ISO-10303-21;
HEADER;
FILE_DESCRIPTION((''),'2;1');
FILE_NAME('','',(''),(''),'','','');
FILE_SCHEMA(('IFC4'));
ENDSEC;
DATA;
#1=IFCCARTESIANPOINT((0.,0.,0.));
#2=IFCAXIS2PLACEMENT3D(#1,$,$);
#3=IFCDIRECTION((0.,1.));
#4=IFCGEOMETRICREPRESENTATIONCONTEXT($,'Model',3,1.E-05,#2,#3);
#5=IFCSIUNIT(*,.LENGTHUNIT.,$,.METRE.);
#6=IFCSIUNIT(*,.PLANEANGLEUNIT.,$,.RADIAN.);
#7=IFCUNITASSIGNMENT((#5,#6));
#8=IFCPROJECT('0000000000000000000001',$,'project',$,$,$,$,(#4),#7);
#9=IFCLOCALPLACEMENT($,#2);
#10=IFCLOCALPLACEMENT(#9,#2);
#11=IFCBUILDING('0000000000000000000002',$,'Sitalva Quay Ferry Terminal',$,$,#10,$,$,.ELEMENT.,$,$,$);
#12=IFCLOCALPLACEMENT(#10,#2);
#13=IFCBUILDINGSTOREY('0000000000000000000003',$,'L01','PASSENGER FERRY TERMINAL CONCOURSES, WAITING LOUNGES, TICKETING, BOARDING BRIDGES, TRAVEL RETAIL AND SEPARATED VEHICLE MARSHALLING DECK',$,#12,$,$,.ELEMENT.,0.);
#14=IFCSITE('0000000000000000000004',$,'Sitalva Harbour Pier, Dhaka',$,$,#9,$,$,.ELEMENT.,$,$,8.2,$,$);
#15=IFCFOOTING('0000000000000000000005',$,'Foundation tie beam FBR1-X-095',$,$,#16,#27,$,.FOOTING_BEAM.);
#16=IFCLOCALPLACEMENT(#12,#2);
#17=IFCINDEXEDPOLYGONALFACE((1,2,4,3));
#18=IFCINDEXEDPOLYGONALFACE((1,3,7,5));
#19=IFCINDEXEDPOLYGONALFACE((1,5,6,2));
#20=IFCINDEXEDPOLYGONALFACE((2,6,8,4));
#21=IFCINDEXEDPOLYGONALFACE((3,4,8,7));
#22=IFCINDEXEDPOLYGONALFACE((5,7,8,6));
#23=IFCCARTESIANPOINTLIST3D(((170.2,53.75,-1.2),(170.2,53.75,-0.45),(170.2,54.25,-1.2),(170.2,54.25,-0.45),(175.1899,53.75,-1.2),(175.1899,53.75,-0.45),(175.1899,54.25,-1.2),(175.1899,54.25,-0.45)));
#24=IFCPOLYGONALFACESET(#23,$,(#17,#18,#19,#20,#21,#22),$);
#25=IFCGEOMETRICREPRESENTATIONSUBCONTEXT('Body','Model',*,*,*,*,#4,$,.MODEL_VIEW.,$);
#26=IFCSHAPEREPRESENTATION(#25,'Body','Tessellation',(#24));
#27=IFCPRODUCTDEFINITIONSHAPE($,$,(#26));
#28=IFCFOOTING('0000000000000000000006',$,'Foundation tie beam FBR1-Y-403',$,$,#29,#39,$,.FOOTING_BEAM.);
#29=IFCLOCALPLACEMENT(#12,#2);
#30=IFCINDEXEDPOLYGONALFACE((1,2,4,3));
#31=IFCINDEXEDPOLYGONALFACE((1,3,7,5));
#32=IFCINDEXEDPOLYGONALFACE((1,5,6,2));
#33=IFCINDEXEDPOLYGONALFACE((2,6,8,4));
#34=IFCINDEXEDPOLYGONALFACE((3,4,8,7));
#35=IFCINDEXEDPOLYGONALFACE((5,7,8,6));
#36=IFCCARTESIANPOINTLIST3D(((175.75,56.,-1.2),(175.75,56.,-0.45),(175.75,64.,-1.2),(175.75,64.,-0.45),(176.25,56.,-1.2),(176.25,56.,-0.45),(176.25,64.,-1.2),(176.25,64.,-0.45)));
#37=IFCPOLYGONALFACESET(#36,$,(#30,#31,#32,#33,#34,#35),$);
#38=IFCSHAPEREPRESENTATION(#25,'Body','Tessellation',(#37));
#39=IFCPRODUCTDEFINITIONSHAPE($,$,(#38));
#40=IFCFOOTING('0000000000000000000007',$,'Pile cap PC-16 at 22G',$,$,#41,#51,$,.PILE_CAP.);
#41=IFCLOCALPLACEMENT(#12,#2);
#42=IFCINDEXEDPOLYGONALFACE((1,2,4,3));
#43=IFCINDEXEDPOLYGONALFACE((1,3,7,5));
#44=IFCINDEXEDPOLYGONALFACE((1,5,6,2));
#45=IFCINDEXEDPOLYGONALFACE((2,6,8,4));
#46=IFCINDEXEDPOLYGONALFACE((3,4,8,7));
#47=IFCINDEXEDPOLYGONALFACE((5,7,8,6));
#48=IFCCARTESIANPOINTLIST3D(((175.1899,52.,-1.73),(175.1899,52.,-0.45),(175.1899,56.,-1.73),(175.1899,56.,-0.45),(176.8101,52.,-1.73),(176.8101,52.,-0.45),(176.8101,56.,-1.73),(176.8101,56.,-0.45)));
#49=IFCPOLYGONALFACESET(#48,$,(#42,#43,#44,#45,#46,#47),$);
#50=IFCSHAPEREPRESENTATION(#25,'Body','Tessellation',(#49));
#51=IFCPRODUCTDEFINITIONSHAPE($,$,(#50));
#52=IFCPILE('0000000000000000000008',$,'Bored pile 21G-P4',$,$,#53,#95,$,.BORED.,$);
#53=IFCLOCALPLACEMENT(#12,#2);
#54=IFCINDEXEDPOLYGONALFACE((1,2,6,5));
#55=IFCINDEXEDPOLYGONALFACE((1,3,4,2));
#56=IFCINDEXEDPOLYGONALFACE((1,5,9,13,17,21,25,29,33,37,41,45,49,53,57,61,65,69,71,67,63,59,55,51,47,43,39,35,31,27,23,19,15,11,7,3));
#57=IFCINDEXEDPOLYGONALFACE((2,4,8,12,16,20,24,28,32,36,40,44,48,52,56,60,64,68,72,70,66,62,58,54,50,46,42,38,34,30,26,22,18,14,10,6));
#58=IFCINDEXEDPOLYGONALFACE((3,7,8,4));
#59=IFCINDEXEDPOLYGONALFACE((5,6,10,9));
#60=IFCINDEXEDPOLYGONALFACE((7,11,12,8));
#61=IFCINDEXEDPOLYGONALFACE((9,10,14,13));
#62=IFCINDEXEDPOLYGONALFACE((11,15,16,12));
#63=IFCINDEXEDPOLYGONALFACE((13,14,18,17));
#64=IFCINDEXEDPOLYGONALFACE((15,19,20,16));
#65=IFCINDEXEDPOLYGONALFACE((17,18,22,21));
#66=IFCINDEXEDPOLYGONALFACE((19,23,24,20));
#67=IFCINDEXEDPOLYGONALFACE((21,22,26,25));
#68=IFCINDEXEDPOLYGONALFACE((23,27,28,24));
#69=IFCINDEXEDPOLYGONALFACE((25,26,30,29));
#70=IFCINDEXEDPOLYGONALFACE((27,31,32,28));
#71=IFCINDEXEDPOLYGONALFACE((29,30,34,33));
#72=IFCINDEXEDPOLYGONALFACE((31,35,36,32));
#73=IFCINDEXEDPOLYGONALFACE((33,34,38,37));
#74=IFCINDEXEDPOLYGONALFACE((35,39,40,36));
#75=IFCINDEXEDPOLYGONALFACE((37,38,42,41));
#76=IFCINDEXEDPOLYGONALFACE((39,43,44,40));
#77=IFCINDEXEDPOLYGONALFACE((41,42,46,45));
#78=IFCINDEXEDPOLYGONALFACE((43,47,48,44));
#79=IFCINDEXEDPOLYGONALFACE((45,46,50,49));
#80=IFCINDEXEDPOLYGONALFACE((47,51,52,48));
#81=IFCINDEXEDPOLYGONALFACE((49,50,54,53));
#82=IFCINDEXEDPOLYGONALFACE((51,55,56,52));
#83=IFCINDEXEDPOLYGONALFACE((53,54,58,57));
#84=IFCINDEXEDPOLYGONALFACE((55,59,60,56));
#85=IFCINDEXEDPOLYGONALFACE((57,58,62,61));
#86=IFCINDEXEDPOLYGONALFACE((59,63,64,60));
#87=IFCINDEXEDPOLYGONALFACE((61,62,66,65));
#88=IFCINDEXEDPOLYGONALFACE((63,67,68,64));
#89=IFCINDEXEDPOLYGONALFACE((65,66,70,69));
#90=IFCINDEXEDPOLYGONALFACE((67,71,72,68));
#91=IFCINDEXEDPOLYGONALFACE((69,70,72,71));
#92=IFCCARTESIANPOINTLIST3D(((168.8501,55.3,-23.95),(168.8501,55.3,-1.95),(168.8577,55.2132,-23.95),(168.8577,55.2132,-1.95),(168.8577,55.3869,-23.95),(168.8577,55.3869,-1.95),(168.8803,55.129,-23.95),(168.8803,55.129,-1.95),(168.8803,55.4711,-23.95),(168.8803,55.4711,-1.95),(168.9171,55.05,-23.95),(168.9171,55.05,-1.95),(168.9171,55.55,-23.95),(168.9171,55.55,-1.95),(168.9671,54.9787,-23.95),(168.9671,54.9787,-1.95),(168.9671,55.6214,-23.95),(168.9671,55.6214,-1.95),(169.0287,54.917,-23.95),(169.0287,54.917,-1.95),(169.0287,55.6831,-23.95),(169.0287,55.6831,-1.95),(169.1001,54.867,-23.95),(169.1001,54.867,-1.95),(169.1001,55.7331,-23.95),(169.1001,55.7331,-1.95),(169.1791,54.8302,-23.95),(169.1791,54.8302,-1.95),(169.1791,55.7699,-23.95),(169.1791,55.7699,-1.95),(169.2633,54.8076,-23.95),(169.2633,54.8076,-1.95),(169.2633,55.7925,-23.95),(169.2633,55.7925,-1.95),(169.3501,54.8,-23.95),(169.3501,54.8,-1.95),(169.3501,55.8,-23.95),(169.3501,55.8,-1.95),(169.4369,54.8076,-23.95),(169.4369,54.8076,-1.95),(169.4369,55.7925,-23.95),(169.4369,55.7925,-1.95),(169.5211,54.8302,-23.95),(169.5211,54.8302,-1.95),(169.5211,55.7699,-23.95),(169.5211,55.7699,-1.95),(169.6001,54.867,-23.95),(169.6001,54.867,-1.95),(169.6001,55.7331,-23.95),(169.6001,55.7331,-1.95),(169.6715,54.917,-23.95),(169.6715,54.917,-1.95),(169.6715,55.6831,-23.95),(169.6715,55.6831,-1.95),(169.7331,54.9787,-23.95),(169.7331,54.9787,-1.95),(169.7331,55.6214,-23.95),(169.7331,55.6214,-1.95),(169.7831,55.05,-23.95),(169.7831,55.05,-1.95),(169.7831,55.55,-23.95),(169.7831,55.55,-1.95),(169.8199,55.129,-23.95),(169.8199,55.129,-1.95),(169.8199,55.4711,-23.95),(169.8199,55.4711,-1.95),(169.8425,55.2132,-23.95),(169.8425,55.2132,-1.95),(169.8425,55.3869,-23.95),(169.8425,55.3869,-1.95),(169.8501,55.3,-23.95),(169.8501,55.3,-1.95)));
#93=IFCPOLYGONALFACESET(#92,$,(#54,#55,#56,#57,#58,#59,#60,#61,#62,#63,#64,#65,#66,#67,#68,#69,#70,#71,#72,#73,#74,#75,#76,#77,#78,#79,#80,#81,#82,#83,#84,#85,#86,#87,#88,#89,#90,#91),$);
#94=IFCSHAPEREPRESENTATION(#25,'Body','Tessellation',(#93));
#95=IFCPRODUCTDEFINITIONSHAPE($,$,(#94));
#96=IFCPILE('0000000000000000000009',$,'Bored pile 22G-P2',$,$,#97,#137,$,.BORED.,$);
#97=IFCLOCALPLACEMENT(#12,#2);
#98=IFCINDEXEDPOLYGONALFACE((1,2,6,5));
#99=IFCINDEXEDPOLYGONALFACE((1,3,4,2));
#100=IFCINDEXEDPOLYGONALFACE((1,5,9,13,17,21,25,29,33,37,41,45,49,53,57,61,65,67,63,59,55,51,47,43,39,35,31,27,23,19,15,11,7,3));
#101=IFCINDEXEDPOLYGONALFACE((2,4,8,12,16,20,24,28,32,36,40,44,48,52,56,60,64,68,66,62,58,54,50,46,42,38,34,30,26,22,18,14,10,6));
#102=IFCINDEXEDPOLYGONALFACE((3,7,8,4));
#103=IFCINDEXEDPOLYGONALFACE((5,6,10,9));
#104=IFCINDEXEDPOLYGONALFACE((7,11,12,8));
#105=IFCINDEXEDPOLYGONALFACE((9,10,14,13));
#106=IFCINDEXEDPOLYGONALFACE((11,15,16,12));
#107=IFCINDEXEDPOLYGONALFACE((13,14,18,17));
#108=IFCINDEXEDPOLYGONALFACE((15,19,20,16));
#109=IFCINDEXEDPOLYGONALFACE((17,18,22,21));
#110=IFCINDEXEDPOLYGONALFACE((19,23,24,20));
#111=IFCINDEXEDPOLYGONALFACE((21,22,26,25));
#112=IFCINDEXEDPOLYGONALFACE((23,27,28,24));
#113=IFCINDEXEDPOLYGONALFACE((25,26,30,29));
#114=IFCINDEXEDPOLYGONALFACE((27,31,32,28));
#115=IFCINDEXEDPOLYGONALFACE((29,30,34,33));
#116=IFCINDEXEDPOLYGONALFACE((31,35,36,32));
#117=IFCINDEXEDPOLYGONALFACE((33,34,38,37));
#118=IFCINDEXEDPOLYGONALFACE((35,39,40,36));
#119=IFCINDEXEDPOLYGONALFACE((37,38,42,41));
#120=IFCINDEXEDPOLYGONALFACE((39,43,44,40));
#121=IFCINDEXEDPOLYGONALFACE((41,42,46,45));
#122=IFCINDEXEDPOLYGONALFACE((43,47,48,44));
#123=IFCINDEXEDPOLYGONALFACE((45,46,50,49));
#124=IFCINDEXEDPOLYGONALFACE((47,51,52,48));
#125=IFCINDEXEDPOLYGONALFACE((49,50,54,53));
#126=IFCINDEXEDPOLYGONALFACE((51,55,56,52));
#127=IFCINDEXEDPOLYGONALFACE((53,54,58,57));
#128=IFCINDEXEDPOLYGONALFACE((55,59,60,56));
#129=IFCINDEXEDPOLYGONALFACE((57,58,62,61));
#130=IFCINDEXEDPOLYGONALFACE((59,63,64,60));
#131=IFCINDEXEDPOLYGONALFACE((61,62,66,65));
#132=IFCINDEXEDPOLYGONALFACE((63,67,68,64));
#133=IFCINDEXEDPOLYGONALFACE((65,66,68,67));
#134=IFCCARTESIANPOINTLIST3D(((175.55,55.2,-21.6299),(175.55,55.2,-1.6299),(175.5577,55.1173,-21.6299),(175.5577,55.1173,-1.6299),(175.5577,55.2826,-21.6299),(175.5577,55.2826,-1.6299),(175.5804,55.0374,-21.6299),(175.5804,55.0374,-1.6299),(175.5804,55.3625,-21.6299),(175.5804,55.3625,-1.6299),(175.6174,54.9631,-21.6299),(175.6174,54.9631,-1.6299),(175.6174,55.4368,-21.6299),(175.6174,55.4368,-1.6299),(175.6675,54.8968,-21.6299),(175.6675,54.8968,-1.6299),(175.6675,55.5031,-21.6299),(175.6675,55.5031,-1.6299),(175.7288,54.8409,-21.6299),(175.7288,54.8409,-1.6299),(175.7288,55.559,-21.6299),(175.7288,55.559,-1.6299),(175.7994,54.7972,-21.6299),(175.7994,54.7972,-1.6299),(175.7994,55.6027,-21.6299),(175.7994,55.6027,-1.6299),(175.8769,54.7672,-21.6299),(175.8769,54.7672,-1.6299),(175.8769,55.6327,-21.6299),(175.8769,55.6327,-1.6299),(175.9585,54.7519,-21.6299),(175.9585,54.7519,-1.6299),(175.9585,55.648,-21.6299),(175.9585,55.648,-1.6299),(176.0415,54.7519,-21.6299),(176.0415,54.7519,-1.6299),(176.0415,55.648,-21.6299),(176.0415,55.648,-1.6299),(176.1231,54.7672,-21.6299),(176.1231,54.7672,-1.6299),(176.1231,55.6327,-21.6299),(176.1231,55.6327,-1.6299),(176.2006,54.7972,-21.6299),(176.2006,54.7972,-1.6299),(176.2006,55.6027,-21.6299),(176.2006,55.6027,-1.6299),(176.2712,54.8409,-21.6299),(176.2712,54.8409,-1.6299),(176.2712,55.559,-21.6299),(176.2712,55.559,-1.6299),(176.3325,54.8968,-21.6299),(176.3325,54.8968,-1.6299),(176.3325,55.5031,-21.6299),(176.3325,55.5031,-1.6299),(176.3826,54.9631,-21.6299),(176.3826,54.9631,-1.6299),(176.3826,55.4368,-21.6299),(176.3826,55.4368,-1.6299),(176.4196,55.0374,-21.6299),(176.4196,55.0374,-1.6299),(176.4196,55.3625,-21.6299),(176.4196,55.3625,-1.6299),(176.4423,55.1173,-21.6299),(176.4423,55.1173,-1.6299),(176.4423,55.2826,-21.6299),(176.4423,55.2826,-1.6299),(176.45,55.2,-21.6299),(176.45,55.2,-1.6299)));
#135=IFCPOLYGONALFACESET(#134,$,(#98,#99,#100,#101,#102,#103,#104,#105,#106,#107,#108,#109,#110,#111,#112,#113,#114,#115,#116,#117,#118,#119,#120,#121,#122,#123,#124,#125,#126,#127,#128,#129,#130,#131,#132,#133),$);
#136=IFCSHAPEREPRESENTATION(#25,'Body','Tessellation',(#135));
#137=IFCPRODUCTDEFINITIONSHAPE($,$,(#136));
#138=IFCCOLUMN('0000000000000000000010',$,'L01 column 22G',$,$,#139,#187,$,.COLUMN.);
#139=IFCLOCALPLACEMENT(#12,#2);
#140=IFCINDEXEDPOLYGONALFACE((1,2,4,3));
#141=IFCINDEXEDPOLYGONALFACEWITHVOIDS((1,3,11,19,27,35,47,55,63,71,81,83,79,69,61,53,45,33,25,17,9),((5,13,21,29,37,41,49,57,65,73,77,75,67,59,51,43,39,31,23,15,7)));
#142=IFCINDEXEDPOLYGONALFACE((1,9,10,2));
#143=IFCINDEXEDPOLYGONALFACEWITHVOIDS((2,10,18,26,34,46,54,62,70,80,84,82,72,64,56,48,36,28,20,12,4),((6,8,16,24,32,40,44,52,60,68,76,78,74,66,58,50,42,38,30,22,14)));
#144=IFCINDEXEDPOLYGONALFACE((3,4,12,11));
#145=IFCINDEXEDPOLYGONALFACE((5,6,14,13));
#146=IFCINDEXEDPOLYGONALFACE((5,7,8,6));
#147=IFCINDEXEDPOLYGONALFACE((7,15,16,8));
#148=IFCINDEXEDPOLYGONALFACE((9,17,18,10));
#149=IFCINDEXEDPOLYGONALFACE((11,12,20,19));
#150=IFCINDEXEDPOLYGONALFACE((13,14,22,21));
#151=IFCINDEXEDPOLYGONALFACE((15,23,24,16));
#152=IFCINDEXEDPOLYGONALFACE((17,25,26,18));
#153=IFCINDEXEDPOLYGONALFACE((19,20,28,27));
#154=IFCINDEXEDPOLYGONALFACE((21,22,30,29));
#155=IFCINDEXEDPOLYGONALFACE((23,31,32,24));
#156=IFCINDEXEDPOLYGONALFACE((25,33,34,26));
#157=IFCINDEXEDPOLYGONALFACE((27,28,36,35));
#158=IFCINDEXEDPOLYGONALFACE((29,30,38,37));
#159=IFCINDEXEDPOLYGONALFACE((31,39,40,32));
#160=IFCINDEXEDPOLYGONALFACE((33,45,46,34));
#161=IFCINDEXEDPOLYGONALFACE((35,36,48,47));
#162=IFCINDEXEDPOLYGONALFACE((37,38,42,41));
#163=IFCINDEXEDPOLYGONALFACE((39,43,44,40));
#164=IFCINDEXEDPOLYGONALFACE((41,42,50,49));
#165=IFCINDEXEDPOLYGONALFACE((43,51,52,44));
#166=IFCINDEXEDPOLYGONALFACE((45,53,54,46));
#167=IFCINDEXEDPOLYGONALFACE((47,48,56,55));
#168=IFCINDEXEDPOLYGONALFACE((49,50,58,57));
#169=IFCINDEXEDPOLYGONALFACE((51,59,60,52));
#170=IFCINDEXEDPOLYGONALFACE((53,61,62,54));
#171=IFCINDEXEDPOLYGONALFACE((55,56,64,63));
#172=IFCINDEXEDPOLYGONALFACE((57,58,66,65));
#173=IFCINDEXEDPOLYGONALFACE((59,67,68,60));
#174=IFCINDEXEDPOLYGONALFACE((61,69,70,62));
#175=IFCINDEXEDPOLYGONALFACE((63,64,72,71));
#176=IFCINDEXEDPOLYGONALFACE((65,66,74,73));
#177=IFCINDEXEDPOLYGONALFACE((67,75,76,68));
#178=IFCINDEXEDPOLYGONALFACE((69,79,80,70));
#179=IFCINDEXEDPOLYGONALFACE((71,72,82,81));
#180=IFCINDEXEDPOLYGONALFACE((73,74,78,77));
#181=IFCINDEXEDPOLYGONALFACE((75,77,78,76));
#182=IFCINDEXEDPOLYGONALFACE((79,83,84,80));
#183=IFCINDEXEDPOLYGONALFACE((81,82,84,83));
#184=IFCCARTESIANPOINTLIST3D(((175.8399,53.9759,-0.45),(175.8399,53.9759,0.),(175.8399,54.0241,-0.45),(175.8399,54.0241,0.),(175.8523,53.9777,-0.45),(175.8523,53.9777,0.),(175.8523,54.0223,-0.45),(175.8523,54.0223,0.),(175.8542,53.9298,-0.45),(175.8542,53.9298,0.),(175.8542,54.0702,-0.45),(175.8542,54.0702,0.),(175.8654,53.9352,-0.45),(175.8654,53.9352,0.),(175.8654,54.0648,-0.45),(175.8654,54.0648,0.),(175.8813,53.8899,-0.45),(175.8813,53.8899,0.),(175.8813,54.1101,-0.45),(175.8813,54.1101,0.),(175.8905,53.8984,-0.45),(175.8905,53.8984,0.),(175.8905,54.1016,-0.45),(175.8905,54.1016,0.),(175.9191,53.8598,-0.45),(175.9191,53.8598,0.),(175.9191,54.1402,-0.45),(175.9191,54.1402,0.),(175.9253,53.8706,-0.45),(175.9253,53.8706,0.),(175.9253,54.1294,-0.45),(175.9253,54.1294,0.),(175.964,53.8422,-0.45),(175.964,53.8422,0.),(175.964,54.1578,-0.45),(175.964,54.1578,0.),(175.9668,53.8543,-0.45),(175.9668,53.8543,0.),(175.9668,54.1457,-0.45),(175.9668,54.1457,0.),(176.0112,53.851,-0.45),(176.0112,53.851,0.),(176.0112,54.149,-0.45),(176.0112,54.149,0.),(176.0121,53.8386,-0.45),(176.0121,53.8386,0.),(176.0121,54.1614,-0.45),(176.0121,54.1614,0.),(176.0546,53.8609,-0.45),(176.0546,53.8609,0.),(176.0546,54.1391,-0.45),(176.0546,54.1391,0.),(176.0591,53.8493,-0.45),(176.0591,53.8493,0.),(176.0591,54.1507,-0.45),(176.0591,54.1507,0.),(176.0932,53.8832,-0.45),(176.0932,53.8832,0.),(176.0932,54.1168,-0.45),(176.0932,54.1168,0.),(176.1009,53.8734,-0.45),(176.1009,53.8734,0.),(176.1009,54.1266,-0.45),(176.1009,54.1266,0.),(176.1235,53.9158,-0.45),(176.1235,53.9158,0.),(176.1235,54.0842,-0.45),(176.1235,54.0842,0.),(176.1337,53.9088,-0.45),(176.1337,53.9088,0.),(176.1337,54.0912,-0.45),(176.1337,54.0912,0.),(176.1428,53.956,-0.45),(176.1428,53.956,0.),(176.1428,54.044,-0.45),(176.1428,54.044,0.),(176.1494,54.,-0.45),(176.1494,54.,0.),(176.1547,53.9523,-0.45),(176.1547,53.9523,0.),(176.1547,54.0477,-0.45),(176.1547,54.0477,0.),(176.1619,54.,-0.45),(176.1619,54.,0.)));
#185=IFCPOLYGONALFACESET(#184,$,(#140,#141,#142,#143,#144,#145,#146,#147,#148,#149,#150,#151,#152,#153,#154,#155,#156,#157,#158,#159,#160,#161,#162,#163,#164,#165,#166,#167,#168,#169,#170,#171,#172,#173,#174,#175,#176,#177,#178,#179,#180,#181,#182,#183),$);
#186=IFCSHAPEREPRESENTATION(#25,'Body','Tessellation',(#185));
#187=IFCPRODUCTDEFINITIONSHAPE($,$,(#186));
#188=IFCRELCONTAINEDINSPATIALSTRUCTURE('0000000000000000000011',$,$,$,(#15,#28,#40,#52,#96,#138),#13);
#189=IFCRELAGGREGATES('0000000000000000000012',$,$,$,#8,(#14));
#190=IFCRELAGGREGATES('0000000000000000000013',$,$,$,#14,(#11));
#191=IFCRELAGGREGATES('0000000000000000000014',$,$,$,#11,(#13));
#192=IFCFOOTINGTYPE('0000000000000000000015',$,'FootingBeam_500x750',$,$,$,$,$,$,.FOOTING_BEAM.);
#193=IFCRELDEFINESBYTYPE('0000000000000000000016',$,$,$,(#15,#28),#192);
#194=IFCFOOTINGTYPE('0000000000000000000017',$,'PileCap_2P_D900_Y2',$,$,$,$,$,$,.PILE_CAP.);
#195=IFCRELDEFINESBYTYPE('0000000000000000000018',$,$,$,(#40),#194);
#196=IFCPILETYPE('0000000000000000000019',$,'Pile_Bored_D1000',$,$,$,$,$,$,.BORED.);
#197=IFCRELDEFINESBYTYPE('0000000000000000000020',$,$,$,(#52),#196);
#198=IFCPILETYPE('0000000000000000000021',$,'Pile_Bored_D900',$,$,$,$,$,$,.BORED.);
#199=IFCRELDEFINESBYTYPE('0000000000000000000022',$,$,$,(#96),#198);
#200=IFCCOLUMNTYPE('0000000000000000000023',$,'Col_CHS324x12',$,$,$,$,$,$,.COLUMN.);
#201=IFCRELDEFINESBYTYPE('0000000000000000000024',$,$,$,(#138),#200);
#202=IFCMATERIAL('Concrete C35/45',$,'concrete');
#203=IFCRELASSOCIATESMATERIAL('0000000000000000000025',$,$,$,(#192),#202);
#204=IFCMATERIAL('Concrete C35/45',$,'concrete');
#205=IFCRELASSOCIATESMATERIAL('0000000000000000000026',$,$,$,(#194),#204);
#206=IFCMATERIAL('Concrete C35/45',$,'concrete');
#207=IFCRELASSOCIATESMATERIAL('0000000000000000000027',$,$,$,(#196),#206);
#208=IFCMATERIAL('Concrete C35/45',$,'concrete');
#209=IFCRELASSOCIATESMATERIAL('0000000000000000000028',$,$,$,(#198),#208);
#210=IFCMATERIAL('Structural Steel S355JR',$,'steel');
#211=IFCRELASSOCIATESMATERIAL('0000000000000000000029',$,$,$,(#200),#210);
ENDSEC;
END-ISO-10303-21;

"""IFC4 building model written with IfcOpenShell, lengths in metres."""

from ifc_helpers import new_model, si_unit, direction, frame, origin, origin_2d, place, context, subcontext, project, spatial, rectangle, circle, hollow_circle, extrude, material, material_profile, profile_set, type_object, element, save


model = new_model("IFC4")

# Units and contexts
model_context = context("Model", 3, precision=1e-05, world=origin(), true_north=direction((0.0, 1.0)))
body_context = subcontext(model_context, "Body", "Model", "MODEL_VIEW")
ifc_project = project(units=[si_unit("LENGTHUNIT", "METRE"), si_unit("PLANEANGLEUNIT", "RADIAN")], contexts=[model_context])

# Site, building, storey
site_placement = place(None, origin())
site = spatial("IfcSite", under=ifc_project, at=site_placement, Name="Sitalva Harbour Pier, Dhaka", CompositionType="ELEMENT", RefElevation=8.2)
building_placement = place(site_placement, origin())
building = spatial("IfcBuilding", under=site, at=building_placement, Name="Sitalva Quay Ferry Terminal", CompositionType="ELEMENT")
storey_placement = place(building_placement, origin())
storey = spatial("IfcBuildingStorey", under=building, at=storey_placement, Name="L01", Description="PASSENGER FERRY TERMINAL CONCOURSES, WAITING LOUNGES, TICKETING, BOARDING BRIDGES, TRAVEL RETAIL AND SEPARATED VEHICLE MARSHALLING DECK", CompositionType="ELEMENT", Elevation=0.0)

# Footings
ifc_material_1 = material(Name="Concrete C35/45", Category="concrete")
ifc_material_profile_1 = material_profile(ifc_material_1, rectangle(XDim=0.5, YDim=0.75, at=origin_2d()), Name="RC500x750")
ifc_profile_set_1 = profile_set([ifc_material_profile_1], Name="Concrete C35/45")
footing_type_1 = type_object("IfcFootingType", Name="FootingBeam_500x750", PredefinedType="FOOTING_BEAM", material=ifc_profile_set_1)
footing_1_placement = place(storey_placement, frame((170.2, 54.0, -0.825), z_axis=(1.0, 0.0, 0.0), x_axis=(0.0, 1.0, 0.0)))
element("IfcFooting", 1, at=footing_1_placement, inside=storey, type_object=footing_type_1, Name="Foundation tie beam FBR1-X-095", PredefinedType="FOOTING_BEAM", context=body_context, shape_type="SweptSolid", body=[
    extrude(rectangle(XDim=0.5, YDim=0.75, at=origin_2d()), origin(), (0.0, 0.0, 1.0), 4.99),
])
footing_2_placement = place(storey_placement, frame((176.0, 56.0, -0.825), z_axis=(0.0, 1.0, 0.0), x_axis=(-1.0, 0.0, 0.0)))
element("IfcFooting", 2, at=footing_2_placement, inside=storey, type_object=footing_type_1, Name="Foundation tie beam FBR1-Y-403", PredefinedType="FOOTING_BEAM", context=body_context, shape_type="SweptSolid", body=[
    extrude(rectangle(XDim=0.5, YDim=0.75, at=origin_2d()), origin(), (0.0, 0.0, 1.0), 8.0),
])
ifc_material_2 = material(Name="Concrete C35/45", Category="concrete")
footing_type_2 = type_object("IfcFootingType", Name="PileCap_2P_D900_Y2", PredefinedType="PILE_CAP", material=ifc_material_2)
footing_3_placement = place(storey_placement, frame((176.0, 54.0, -1.73), z_axis=(0.0, 0.0, 1.0), x_axis=(1.0, 0.0, 0.0)))
element("IfcFooting", 3, at=footing_3_placement, inside=storey, type_object=footing_type_2, Name="Pile cap PC-16 at 22G", PredefinedType="PILE_CAP", context=body_context, shape_type="SweptSolid", body=[
    extrude(rectangle(XDim=1.6201, YDim=4.0, at=origin_2d()), origin(), (0.0, 0.0, 1.0), 1.28),
])

# Piles
ifc_material_3 = material(Name="Concrete C35/45", Category="concrete")
ifc_material_profile_2 = material_profile(ifc_material_3, circle(Radius=0.5, at=origin_2d()), Name="PILE-D1000")
ifc_profile_set_2 = profile_set([ifc_material_profile_2], Name="Concrete C35/45")
pile_type_1 = type_object("IfcPileType", Name="Pile_Bored_D1000", PredefinedType="BORED", material=ifc_profile_set_2)
pile_1_placement = place(storey_placement, frame((169.3501, 55.3, -1.95), z_axis=(0.0, 0.0, -1.0), x_axis=(1.0, 0.0, 0.0)))
element("IfcPile", 4, at=pile_1_placement, inside=storey, type_object=pile_type_1, Name="Bored pile 21G-P4", PredefinedType="BORED", context=body_context, shape_type="SweptSolid", body=[
    extrude(circle(Radius=0.5, at=origin_2d()), origin(), (0.0, 0.0, 1.0), 22.0),
])
ifc_material_4 = material(Name="Concrete C35/45", Category="concrete")
ifc_material_profile_3 = material_profile(ifc_material_4, circle(Radius=0.45, at=origin_2d()), Name="PILE-D900")
ifc_profile_set_3 = profile_set([ifc_material_profile_3], Name="Concrete C35/45")
pile_type_2 = type_object("IfcPileType", Name="Pile_Bored_D900", PredefinedType="BORED", material=ifc_profile_set_3)
pile_2_placement = place(storey_placement, frame((176.0, 55.2, -1.6299), z_axis=(0.0, 0.0, -1.0), x_axis=(1.0, 0.0, 0.0)))
element("IfcPile", 5, at=pile_2_placement, inside=storey, type_object=pile_type_2, Name="Bored pile 22G-P2", PredefinedType="BORED", context=body_context, shape_type="SweptSolid", body=[
    extrude(circle(Radius=0.45, at=origin_2d()), origin(), (0.0, 0.0, 1.0), 20.0),
])

# Column
ifc_material_5 = material(Name="Structural Steel S355JR", Category="steel")
ifc_material_profile_4 = material_profile(ifc_material_5, hollow_circle(Radius=0.1619, WallThickness=0.0125, at=origin_2d()), Name="CHS324x12.5")
ifc_profile_set_4 = profile_set([ifc_material_profile_4], Name="Structural Steel S355JR")
column_type = type_object("IfcColumnType", Name="Col_CHS324x12", PredefinedType="COLUMN", material=ifc_profile_set_4)
column_placement = place(storey_placement, frame((176.0, 54.0, -0.45), z_axis=(0.0, 0.0, 1.0), x_axis=(1.0, 0.0, 0.0)))
element("IfcColumn", 6, at=column_placement, inside=storey, type_object=column_type, Name="L01 column 22G", PredefinedType="COLUMN", context=body_context, shape_type="SweptSolid", body=[
    extrude(hollow_circle(Radius=0.1619, WallThickness=0.0125, at=origin_2d()), origin(), (0.0, 0.0, 1.0), 0.45),
])

save(model, "model.ifc")
